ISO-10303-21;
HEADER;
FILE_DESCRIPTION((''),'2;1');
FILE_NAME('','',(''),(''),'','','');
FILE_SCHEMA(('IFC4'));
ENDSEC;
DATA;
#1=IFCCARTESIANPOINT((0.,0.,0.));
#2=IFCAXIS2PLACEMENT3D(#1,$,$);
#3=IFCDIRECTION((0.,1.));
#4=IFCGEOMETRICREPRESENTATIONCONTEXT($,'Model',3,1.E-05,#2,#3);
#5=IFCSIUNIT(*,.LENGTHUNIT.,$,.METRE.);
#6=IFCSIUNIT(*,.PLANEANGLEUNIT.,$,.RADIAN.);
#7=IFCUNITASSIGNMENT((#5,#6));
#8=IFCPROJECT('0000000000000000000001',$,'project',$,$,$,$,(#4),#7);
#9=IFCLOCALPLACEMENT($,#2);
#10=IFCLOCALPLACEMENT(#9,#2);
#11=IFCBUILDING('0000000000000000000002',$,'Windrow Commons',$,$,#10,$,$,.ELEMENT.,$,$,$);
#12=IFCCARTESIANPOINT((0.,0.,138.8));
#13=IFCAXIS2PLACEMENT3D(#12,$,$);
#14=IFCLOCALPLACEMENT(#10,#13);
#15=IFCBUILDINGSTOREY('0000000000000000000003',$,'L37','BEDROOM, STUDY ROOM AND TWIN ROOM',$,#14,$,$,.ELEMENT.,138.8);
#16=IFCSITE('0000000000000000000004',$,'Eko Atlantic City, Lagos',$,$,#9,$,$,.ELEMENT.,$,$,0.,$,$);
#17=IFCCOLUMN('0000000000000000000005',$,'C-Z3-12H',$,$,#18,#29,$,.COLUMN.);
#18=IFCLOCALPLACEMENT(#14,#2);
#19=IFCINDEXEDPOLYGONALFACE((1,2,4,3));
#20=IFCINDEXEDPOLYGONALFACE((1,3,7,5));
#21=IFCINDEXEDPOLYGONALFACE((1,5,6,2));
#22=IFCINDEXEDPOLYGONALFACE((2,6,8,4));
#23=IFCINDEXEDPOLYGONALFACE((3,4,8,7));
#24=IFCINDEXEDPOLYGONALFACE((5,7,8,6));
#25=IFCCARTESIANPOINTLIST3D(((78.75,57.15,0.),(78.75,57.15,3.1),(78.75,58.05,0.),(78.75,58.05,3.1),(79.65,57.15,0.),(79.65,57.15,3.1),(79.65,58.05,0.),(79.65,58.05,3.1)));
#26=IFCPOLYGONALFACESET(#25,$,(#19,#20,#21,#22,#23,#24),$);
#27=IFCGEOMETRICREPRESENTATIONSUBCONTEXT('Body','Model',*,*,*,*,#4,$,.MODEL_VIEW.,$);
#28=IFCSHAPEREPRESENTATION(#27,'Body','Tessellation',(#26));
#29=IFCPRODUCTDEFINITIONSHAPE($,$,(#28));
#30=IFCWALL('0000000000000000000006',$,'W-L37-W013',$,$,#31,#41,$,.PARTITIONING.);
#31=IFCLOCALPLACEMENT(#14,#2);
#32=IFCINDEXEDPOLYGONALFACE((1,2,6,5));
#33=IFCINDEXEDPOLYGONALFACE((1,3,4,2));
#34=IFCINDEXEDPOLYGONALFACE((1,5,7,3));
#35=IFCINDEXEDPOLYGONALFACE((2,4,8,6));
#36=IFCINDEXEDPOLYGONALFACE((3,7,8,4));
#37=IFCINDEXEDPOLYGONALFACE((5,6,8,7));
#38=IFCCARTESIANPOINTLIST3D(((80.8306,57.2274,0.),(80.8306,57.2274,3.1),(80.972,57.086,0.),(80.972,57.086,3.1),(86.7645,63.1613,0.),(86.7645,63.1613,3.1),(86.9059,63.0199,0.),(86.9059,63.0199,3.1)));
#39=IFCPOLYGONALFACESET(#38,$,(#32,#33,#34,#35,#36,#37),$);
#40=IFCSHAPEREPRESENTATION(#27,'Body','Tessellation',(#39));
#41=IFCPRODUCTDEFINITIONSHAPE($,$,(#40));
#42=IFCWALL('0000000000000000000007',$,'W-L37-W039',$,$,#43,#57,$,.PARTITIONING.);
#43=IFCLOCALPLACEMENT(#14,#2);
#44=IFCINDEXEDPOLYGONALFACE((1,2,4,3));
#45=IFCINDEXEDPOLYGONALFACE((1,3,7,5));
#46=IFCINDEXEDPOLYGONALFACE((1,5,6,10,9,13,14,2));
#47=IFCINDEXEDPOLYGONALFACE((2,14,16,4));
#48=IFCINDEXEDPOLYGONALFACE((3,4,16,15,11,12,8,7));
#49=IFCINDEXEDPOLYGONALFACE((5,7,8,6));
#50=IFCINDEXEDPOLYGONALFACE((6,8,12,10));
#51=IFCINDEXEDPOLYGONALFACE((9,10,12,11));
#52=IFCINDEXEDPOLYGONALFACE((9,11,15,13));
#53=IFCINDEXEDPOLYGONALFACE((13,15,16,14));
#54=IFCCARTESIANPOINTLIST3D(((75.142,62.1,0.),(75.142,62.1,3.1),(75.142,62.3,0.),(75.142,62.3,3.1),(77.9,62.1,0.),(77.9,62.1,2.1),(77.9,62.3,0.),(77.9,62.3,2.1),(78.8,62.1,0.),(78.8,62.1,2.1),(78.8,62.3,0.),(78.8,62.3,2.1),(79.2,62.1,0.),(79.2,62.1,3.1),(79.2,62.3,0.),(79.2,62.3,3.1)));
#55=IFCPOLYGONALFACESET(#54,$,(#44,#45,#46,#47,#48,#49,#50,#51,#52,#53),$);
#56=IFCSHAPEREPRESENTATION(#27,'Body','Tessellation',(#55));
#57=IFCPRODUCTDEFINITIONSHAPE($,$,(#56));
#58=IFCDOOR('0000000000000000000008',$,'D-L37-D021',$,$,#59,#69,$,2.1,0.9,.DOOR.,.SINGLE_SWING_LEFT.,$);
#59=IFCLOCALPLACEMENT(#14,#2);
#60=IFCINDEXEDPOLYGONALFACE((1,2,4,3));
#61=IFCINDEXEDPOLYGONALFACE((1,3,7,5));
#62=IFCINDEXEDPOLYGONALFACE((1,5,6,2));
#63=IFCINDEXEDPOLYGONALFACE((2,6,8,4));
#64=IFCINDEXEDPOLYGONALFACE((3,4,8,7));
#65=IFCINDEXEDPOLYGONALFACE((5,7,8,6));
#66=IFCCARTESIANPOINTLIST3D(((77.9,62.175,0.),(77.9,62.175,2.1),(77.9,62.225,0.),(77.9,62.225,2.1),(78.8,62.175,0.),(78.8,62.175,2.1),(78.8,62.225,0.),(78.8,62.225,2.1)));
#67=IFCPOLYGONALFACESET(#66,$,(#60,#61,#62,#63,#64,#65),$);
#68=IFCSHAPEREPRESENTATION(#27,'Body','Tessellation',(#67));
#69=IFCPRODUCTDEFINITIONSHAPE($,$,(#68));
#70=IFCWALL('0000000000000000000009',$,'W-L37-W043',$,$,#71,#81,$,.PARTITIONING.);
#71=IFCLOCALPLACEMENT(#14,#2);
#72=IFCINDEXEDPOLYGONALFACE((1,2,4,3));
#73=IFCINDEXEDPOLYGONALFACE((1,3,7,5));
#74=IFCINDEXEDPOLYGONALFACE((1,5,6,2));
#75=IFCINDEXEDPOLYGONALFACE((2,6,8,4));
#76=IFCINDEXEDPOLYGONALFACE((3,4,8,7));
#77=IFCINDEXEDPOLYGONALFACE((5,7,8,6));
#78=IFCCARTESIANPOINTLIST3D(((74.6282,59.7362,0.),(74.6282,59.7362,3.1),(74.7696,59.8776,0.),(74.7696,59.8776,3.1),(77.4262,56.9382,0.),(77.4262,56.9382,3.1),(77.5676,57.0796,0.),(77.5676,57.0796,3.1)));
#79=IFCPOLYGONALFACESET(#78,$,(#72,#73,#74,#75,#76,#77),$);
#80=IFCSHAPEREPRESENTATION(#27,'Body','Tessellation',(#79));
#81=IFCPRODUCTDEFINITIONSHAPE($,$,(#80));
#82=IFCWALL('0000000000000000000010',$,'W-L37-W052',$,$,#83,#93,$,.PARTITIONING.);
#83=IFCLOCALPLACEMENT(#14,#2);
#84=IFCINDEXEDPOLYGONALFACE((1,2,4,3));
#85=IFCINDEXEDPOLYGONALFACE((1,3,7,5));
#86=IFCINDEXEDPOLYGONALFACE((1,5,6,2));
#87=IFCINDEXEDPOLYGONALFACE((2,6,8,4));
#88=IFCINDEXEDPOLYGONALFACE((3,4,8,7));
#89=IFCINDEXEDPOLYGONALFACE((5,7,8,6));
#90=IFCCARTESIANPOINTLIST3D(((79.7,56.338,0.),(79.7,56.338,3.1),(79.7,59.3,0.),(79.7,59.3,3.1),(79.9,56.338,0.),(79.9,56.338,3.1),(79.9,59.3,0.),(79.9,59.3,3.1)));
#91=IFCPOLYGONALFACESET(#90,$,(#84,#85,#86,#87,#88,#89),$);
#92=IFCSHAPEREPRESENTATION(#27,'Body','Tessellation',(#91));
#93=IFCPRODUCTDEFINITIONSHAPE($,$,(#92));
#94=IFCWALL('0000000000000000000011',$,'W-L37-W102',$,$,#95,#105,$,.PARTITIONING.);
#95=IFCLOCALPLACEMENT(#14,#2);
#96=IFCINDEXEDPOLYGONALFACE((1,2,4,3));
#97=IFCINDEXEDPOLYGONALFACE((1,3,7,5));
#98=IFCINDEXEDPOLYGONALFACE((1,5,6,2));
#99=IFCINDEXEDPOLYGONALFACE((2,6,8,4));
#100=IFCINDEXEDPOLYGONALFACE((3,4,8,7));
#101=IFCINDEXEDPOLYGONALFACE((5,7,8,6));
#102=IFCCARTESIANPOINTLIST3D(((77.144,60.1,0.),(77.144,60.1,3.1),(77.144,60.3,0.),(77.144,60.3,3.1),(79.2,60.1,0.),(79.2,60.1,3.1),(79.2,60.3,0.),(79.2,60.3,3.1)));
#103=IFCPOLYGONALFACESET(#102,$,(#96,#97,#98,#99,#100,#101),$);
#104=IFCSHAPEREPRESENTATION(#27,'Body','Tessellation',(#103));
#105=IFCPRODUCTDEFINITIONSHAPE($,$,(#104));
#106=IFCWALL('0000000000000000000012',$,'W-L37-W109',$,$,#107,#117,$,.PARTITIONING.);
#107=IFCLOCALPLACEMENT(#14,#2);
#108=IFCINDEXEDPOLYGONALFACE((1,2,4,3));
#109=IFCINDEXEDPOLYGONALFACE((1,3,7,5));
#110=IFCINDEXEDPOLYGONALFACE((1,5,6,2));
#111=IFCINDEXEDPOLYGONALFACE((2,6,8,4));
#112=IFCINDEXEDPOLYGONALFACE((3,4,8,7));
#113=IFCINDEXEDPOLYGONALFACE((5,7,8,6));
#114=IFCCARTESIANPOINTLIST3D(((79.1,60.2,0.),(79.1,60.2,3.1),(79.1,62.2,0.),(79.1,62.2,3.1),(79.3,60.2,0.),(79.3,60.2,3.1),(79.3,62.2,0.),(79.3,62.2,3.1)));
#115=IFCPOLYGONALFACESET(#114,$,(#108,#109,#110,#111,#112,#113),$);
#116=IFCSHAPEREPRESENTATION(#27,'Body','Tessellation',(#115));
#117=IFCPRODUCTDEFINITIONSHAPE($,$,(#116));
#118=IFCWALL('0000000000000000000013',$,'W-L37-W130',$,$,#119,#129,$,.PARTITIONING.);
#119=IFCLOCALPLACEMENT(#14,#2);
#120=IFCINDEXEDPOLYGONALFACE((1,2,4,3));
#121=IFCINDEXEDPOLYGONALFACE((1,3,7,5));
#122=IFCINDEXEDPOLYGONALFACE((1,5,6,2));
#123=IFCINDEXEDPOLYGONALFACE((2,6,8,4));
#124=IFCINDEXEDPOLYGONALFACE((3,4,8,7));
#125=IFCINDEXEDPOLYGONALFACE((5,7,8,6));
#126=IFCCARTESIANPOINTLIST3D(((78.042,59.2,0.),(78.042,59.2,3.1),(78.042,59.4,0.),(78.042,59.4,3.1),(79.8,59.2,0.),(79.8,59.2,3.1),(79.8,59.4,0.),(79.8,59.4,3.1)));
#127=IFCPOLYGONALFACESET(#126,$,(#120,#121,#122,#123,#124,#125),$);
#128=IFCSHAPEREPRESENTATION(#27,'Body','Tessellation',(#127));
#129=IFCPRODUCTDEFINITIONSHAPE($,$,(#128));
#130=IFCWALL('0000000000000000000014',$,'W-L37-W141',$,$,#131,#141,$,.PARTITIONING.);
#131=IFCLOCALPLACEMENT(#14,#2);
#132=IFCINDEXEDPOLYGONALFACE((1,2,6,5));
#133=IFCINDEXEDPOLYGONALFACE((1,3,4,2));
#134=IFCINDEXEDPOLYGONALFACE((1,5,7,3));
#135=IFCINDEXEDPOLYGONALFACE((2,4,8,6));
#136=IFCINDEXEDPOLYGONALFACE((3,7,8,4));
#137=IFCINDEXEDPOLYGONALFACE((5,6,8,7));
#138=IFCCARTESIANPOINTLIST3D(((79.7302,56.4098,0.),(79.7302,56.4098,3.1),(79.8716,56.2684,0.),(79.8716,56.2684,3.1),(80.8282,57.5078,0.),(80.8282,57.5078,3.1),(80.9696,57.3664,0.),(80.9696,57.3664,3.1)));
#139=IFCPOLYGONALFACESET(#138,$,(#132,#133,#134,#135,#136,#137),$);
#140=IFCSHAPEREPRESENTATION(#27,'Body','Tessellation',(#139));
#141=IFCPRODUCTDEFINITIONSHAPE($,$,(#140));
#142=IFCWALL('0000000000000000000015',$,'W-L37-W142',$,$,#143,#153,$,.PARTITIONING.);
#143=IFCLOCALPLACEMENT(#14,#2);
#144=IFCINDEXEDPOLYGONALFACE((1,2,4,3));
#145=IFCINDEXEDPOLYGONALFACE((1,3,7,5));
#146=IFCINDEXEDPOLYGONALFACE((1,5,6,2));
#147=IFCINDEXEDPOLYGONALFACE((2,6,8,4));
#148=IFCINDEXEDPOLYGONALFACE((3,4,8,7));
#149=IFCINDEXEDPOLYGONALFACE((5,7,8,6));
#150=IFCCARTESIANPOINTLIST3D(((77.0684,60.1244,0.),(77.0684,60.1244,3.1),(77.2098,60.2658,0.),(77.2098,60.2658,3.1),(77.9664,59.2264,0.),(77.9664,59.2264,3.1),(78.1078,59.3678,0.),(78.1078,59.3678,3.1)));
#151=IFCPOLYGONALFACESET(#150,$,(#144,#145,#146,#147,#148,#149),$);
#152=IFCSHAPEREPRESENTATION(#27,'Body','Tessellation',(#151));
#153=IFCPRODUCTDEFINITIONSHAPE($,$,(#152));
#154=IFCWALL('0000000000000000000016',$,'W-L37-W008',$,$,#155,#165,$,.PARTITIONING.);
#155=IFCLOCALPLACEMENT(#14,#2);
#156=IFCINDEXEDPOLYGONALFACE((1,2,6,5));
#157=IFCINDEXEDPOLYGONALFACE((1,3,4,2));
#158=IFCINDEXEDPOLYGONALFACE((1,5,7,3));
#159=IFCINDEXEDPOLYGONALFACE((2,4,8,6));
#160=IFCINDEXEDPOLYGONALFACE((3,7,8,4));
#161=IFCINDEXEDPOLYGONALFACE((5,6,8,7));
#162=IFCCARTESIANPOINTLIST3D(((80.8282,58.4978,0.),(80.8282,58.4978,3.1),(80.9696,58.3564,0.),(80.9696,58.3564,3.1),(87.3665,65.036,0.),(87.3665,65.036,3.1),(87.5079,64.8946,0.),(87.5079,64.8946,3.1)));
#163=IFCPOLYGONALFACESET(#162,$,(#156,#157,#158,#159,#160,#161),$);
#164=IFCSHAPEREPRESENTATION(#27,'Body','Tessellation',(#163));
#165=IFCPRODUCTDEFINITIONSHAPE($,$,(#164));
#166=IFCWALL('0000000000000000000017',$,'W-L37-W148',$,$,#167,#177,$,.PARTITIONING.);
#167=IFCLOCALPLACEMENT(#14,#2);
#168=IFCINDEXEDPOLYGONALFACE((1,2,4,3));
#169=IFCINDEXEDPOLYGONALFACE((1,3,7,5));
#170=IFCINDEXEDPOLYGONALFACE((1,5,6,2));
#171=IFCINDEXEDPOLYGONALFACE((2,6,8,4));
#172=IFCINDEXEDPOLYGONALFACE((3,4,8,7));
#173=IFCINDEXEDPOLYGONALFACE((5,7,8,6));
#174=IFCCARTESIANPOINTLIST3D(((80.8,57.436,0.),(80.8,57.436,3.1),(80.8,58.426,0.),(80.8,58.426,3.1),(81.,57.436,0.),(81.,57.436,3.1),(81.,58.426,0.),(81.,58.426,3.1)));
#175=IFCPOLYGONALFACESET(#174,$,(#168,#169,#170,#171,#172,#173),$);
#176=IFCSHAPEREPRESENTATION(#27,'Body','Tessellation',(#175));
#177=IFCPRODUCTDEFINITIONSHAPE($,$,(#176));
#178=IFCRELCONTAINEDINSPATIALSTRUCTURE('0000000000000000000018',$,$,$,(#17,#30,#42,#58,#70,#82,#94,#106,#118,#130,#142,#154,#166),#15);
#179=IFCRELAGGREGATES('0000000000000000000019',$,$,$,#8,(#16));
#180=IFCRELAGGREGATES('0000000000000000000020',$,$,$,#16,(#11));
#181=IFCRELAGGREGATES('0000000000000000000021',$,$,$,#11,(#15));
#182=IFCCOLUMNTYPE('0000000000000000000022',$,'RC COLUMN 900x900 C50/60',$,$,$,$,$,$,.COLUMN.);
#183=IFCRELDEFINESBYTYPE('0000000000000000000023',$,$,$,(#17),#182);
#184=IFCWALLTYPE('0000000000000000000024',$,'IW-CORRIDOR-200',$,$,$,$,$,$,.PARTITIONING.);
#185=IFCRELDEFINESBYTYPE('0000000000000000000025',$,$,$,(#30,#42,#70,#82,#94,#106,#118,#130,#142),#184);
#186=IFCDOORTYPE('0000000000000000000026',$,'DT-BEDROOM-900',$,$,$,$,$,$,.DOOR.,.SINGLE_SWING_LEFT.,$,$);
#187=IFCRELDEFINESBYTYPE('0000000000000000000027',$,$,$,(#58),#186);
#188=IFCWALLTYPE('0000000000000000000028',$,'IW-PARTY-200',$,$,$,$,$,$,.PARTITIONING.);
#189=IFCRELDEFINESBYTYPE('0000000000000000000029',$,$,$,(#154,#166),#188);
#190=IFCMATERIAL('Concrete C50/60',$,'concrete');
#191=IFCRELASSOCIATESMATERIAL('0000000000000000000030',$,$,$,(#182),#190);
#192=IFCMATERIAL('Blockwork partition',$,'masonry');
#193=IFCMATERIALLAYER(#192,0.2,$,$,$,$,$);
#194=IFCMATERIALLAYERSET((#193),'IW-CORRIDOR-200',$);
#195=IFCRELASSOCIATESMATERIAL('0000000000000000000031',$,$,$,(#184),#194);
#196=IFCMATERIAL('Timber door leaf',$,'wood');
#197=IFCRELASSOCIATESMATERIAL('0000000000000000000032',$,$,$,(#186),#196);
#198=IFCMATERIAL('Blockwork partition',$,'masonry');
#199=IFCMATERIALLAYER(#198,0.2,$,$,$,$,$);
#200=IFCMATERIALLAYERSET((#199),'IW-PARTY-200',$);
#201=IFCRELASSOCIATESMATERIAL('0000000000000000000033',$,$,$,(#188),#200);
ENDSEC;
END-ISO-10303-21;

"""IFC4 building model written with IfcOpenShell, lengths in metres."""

from ifc_helpers import new_model, si_unit, direction, frame, frame_2d, origin, origin_2d, place, context, subcontext, project, spatial, rectangle, extrude, material, layer, layer_set, material_profile, profile_set, type_object, element, fill, save


model = new_model("IFC4")

# Units and contexts
model_context = context("Model", 3, precision=1e-05, world=origin(), true_north=direction((0.0, 1.0)))
body_context = subcontext(model_context, "Body", "Model", "MODEL_VIEW")
ifc_project = project(units=[si_unit("LENGTHUNIT", "METRE"), si_unit("PLANEANGLEUNIT", "RADIAN")], contexts=[model_context])

# Site, building, storey
site_placement = place(None, origin())
site = spatial("IfcSite", under=ifc_project, at=site_placement, Name="Eko Atlantic City, Lagos", CompositionType="ELEMENT", RefElevation=0.0)
building_placement = place(site_placement, origin())
building = spatial("IfcBuilding", under=site, at=building_placement, Name="Windrow Commons", CompositionType="ELEMENT")
storey_placement = place(building_placement, frame((0.0, 0.0, 138.8)))
storey = spatial("IfcBuildingStorey", under=building, at=storey_placement, Name="L37", Description="BEDROOM, STUDY ROOM AND TWIN ROOM", CompositionType="ELEMENT", Elevation=138.8)

# Column
ifc_material_1 = material(Name="Concrete C50/60", Category="concrete")
ifc_material_profile = material_profile(ifc_material_1, rectangle(XDim=0.9, YDim=0.9, at=origin_2d()))
ifc_profile_set = profile_set([ifc_material_profile], Name="Concrete C50/60")
column_type = type_object("IfcColumnType", Name="RC COLUMN 900x900 C50/60", PredefinedType="COLUMN", material=ifc_profile_set)
column_placement = place(storey_placement, frame((79.2, 57.6, 0.0), z_axis=(0.0, 0.0, 1.0), x_axis=(1.0, 0.0, 0.0)))
element("IfcColumn", 1, at=column_placement, inside=storey, type_object=column_type, Name="C-Z3-12H", PredefinedType="COLUMN", context=body_context, shape_type="SweptSolid", body=[
    extrude(rectangle(XDim=0.9, YDim=0.9, at=origin_2d()), origin(), (0.0, 0.0, 1.0), 3.1),
])

# Wall
ifc_material_2 = material(Name="Blockwork partition", Category="masonry")
ifc_layer_1 = layer(ifc_material_2, 0.2)
ifc_layer_set_1 = layer_set([ifc_layer_1], Name="IW-CORRIDOR-200")
wall_type_1 = type_object("IfcWallType", Name="IW-CORRIDOR-200", PredefinedType="PARTITIONING", material=ifc_layer_set_1)
wall_1_placement = place(storey_placement, frame((80.9013, 57.1567, 0.0), z_axis=(0.0, 0.0, 1.0), x_axis=(0.707107, 0.707107, 0.0)))
element("IfcWall", 2, at=wall_1_placement, inside=storey, type_object=wall_type_1, Name="W-L37-W013", PredefinedType="PARTITIONING", context=body_context, shape_type="SweptSolid", body=[
    extrude(rectangle(XDim=8.3919, YDim=0.2, at=frame_2d((4.1959, 0.0))), origin(), (0.0, 0.0, 1.0), 3.1),
])

# Wall, opening, door
wall_2_placement = place(storey_placement, frame((75.142, 62.2, 0.0), z_axis=(0.0, 0.0, 1.0), x_axis=(1.0, 0.0, 0.0)))
wall_2 = element("IfcWall", 3, at=wall_2_placement, inside=storey, type_object=wall_type_1, Name="W-L37-W039", PredefinedType="PARTITIONING", context=body_context, shape_type="SweptSolid", body=[
    extrude(rectangle(XDim=4.058, YDim=0.2, at=frame_2d((2.029, 0.0))), origin(), (0.0, 0.0, 1.0), 3.1),
])
opening_placement = place(wall_2_placement, frame((2.758, 0.0, 0.0)))
opening = element("IfcOpeningElement", 4, at=opening_placement, cuts=wall_2, PredefinedType="OPENING", context=body_context, shape_type="SweptSolid", body=[
    extrude(rectangle(XDim=0.9, YDim=2.1, at=frame_2d((0.45, 1.05))), frame((0.0, 0.11, 0.0), z_axis=(0.0, -1.0, 0.0), x_axis=(1.0, 0.0, 0.0)), (0.0, 0.0, 1.0), 0.22),
])
ifc_material_3 = material(Name="Timber door leaf", Category="wood")
door_type = type_object("IfcDoorType", Name="DT-BEDROOM-900", OperationType="SINGLE_SWING_LEFT", PredefinedType="DOOR", material=ifc_material_3)
door_placement = place(opening_placement, origin())
door = element("IfcDoor", 5, at=door_placement, inside=storey, type_object=door_type, Name="D-L37-D021", OperationType="SINGLE_SWING_LEFT", OverallHeight=2.1, OverallWidth=0.9, PredefinedType="DOOR", context=body_context, shape_type="SweptSolid", body=[
    extrude(rectangle(XDim=0.9, YDim=2.1, at=frame_2d((0.45, 1.05))), frame((0.0, 0.025, 0.0), z_axis=(0.0, -1.0, 0.0), x_axis=(1.0, 0.0, 0.0)), (0.0, 0.0, 1.0), 0.05),
])
fill(opening, door)

# Walls
wall_3_placement = place(storey_placement, frame((74.6989, 59.8069, 0.0), z_axis=(0.0, 0.0, 1.0), x_axis=(0.707107, -0.707107, 0.0)))
element("IfcWall", 6, at=wall_3_placement, inside=storey, type_object=wall_type_1, Name="W-L37-W043", PredefinedType="PARTITIONING", context=body_context, shape_type="SweptSolid", body=[
    extrude(rectangle(XDim=3.957, YDim=0.2, at=frame_2d((1.9785, 0.0))), origin(), (0.0, 0.0, 1.0), 3.1),
])
wall_4_placement = place(storey_placement, frame((79.8, 56.338, 0.0), z_axis=(0.0, 0.0, 1.0), x_axis=(0.0, 1.0, 0.0)))
element("IfcWall", 7, at=wall_4_placement, inside=storey, type_object=wall_type_1, Name="W-L37-W052", PredefinedType="PARTITIONING", context=body_context, shape_type="SweptSolid", body=[
    extrude(rectangle(XDim=2.962, YDim=0.2, at=frame_2d((1.481, 0.0))), origin(), (0.0, 0.0, 1.0), 3.1),
])
wall_5_placement = place(storey_placement, frame((77.144, 60.2, 0.0), z_axis=(0.0, 0.0, 1.0), x_axis=(1.0, 0.0, 0.0)))
element("IfcWall", 8, at=wall_5_placement, inside=storey, type_object=wall_type_1, Name="W-L37-W102", PredefinedType="PARTITIONING", context=body_context, shape_type="SweptSolid", body=[
    extrude(rectangle(XDim=2.056, YDim=0.2, at=frame_2d((1.028, 0.0))), origin(), (0.0, 0.0, 1.0), 3.1),
])
wall_6_placement = place(storey_placement, frame((79.2, 60.2, 0.0), z_axis=(0.0, 0.0, 1.0), x_axis=(0.0, 1.0, 0.0)))
element("IfcWall", 9, at=wall_6_placement, inside=storey, type_object=wall_type_1, Name="W-L37-W109", PredefinedType="PARTITIONING", context=body_context, shape_type="SweptSolid", body=[
    extrude(rectangle(XDim=2.0, YDim=0.2, at=frame_2d((1.0, 0.0))), origin(), (0.0, 0.0, 1.0), 3.1),
])
wall_7_placement = place(storey_placement, frame((78.042, 59.3, 0.0), z_axis=(0.0, 0.0, 1.0), x_axis=(1.0, 0.0, 0.0)))
element("IfcWall", 10, at=wall_7_placement, inside=storey, type_object=wall_type_1, Name="W-L37-W130", PredefinedType="PARTITIONING", context=body_context, shape_type="SweptSolid", body=[
    extrude(rectangle(XDim=1.758, YDim=0.2, at=frame_2d((0.879, 0.0))), origin(), (0.0, 0.0, 1.0), 3.1),
])
wall_8_placement = place(storey_placement, frame((79.8009, 56.3391, 0.0), z_axis=(0.0, 0.0, 1.0), x_axis=(0.707107, 0.707107, 0.0)))
element("IfcWall", 11, at=wall_8_placement, inside=storey, type_object=wall_type_1, Name="W-L37-W141", PredefinedType="PARTITIONING", context=body_context, shape_type="SweptSolid", body=[
    extrude(rectangle(XDim=1.5528, YDim=0.2, at=frame_2d((0.7764, 0.0))), origin(), (0.0, 0.0, 1.0), 3.1),
])
wall_9_placement = place(storey_placement, frame((77.1391, 60.1951, 0.0), z_axis=(0.0, 0.0, 1.0), x_axis=(0.707107, -0.707107, 0.0)))
element("IfcWall", 12, at=wall_9_placement, inside=storey, type_object=wall_type_1, Name="W-L37-W142", PredefinedType="PARTITIONING", context=body_context, shape_type="SweptSolid", body=[
    extrude(rectangle(XDim=1.27, YDim=0.2, at=frame_2d((0.635, 0.0))), origin(), (0.0, 0.0, 1.0), 3.1),
])
ifc_material_4 = material(Name="Blockwork partition", Category="masonry")
ifc_layer_2 = layer(ifc_material_4, 0.2)
ifc_layer_set_2 = layer_set([ifc_layer_2], Name="IW-PARTY-200")
wall_type_2 = type_object("IfcWallType", Name="IW-PARTY-200", PredefinedType="PARTITIONING", material=ifc_layer_set_2)
wall_10_placement = place(storey_placement, frame((80.8989, 58.4271, 0.0), z_axis=(0.0, 0.0, 1.0), x_axis=(0.707112, 0.707101, 0.0)))
element("IfcWall", 13, at=wall_10_placement, inside=storey, type_object=wall_type_2, Name="W-L37-W008", PredefinedType="PARTITIONING", context=body_context, shape_type="SweptSolid", body=[
    extrude(rectangle(XDim=9.2465, YDim=0.2, at=frame_2d((4.6232, 0.0))), origin(), (0.0, 0.0, 1.0), 3.1),
])
wall_11_placement = place(storey_placement, frame((80.9, 57.436, 0.0), z_axis=(0.0, 0.0, 1.0), x_axis=(0.0, 1.0, 0.0)))
element("IfcWall", 14, at=wall_11_placement, inside=storey, type_object=wall_type_2, Name="W-L37-W148", PredefinedType="PARTITIONING", context=body_context, shape_type="SweptSolid", body=[
    extrude(rectangle(XDim=0.99, YDim=0.2, at=frame_2d((0.495, 0.0))), origin(), (0.0, 0.0, 1.0), 3.1),
])

save(model, "model.ifc")
